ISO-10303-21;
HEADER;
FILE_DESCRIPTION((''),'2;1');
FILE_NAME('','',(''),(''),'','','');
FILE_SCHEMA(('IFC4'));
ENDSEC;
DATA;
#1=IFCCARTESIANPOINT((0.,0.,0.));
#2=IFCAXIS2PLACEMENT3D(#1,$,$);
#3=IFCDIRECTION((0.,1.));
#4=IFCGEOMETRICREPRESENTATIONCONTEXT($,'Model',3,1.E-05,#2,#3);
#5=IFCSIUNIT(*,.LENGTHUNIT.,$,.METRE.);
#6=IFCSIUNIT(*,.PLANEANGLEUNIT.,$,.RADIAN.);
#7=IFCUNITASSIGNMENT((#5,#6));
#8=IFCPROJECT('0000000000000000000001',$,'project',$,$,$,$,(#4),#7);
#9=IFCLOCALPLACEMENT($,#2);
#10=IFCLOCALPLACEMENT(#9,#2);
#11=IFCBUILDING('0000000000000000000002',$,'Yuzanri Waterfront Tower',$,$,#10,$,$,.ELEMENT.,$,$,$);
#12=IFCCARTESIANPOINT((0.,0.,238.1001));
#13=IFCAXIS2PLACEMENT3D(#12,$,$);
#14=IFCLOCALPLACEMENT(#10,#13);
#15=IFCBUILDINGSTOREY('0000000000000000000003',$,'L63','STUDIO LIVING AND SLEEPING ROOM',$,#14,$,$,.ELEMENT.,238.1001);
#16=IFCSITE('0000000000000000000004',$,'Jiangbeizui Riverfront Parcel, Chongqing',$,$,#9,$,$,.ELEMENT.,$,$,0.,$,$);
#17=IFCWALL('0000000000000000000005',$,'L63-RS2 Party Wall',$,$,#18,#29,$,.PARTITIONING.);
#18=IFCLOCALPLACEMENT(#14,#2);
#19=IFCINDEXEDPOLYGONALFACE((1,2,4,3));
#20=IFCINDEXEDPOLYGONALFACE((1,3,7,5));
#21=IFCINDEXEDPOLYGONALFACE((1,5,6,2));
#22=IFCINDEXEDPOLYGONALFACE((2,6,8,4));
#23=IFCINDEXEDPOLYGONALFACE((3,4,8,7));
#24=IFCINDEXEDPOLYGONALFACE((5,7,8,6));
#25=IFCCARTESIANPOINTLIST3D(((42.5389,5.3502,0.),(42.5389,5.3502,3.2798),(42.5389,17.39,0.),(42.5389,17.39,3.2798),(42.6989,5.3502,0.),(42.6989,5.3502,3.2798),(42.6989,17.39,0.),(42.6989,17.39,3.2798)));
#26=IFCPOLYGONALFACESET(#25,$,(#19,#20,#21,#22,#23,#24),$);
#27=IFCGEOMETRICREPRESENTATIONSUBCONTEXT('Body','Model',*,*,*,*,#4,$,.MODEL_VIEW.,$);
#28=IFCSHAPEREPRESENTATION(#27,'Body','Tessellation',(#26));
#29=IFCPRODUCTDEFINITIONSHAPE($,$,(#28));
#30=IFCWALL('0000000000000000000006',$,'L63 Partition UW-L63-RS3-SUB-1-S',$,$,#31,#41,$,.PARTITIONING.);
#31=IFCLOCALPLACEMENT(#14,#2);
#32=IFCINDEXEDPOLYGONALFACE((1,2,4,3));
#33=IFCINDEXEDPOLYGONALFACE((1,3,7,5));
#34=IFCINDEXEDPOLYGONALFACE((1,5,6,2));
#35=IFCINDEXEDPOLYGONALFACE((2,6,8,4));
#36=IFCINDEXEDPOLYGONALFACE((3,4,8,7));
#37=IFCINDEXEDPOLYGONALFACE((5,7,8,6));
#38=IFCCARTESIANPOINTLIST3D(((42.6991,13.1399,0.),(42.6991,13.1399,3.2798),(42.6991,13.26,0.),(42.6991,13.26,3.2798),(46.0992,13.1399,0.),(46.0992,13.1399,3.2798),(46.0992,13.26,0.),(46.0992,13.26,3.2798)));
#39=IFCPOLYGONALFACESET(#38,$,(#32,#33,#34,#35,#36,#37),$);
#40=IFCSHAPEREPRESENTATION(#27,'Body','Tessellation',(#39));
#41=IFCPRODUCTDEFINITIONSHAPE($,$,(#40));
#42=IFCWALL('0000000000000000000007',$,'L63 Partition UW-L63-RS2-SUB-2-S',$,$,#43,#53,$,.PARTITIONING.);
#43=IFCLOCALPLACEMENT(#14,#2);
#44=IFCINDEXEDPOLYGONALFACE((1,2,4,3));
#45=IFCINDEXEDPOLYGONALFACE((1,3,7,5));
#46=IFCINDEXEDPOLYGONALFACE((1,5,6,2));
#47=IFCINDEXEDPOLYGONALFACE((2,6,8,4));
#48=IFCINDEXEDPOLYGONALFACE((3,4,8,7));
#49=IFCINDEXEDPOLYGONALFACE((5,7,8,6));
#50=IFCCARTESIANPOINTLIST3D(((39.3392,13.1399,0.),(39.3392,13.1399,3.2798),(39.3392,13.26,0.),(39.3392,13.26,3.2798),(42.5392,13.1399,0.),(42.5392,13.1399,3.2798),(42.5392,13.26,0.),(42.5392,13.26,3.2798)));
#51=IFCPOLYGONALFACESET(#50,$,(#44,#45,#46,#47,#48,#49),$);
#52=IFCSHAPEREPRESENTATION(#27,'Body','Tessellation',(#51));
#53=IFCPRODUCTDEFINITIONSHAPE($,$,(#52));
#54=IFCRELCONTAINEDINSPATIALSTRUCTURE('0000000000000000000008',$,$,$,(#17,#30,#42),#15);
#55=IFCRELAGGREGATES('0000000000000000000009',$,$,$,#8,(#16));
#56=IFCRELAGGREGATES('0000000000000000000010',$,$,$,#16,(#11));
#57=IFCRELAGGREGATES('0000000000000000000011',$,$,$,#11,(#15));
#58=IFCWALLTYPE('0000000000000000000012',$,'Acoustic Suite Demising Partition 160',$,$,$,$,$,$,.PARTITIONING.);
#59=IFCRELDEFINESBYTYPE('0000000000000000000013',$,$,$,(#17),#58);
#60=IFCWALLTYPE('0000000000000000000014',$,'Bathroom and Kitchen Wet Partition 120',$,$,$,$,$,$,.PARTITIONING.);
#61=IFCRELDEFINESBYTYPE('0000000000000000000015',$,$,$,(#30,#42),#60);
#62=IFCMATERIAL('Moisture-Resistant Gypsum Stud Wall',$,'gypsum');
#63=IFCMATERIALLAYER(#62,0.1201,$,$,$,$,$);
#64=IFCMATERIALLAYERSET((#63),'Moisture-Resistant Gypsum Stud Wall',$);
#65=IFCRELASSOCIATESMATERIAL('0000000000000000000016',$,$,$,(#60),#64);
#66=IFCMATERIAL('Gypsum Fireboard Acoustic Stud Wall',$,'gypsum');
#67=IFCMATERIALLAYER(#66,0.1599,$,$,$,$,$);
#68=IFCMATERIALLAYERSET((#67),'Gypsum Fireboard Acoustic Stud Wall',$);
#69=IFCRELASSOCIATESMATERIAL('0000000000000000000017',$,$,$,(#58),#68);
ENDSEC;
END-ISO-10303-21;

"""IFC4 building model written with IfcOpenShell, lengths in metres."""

from ifc_helpers import new_model, si_unit, direction, frame, frame_2d, origin, place, context, subcontext, project, spatial, rectangle, extrude, source, transform, mapped, material, layer, layer_set, type_object, element, save


model = new_model("IFC4")

# Units and contexts
model_context = context("Model", 3, precision=1e-05, world=origin(), true_north=direction((0.0, 1.0)))
body_context = subcontext(model_context, "Body", "Model", "MODEL_VIEW")
ifc_project = project(units=[si_unit("LENGTHUNIT", "METRE"), si_unit("PLANEANGLEUNIT", "RADIAN")], contexts=[model_context])

# Site, building, storey
site_placement = place(None, origin())
site = spatial("IfcSite", under=ifc_project, at=site_placement, Name="Jiangbeizui Riverfront Parcel, Chongqing", CompositionType="ELEMENT", RefElevation=0.0)
building_placement = place(site_placement, origin())
building = spatial("IfcBuilding", under=site, at=building_placement, Name="Yuzanri Waterfront Tower", CompositionType="ELEMENT")
storey_placement = place(building_placement, frame((0.0, 0.0, 238.1001)))
storey = spatial("IfcBuildingStorey", under=building, at=storey_placement, Name="L63", Description="STUDIO LIVING AND SLEEPING ROOM", CompositionType="ELEMENT", Elevation=238.1001)

# Shared definitions
ifc_material_1 = material(Name="Moisture-Resistant Gypsum Stud Wall", Category="gypsum")
ifc_layer_1 = layer(ifc_material_1, 0.1201)
ifc_layer_set_1 = layer_set([ifc_layer_1], Name="Moisture-Resistant Gypsum Stud Wall")
wall_type_1 = type_object("IfcWallType", Name="Bathroom and Kitchen Wet Partition 120", PredefinedType="PARTITIONING", material=ifc_layer_set_1)

# Walls
ifc_material_2 = material(Name="Gypsum Fireboard Acoustic Stud Wall", Category="gypsum")
ifc_layer_2 = layer(ifc_material_2, 0.1599)
ifc_layer_set_2 = layer_set([ifc_layer_2], Name="Gypsum Fireboard Acoustic Stud Wall")
wall_type_2 = type_object("IfcWallType", Name="Acoustic Suite Demising Partition 160", PredefinedType="PARTITIONING", material=ifc_layer_set_2)
shared_shape_1 = source(origin(), body_context, "Body", "SweptSolid", [
    extrude(rectangle(XDim=12.0398, YDim=0.1599, at=frame_2d((6.02, 0.0))), origin(), (0.0, 0.0, 1.0), 3.2798),
])
wall_1_placement = place(storey_placement, frame((42.6189, 5.3501, 0.0), z_axis=(0.0, 0.0, 1.0), x_axis=(0.0, 1.0, 0.0)))
element("IfcWall", 1, at=wall_1_placement, inside=storey, type_object=wall_type_2, Name="L63-RS2 Party Wall", PredefinedType="PARTITIONING", context=body_context, shape_type="MappedRepresentation", body=[
    mapped(shared_shape_1, transform((0.0, 0.0, 0.0), scale=1.0)),
])
shared_shape_2 = source(origin(), body_context, "Body", "SweptSolid", [
    extrude(rectangle(XDim=3.4001, YDim=0.1201, at=frame_2d((1.7002, 0.0))), origin(), (0.0, 0.0, 1.0), 3.2798),
])
wall_2_placement = place(storey_placement, frame((42.699, 13.2, 0.0), z_axis=(0.0, 0.0, 1.0), x_axis=(1.0, 0.0, 0.0)))
element("IfcWall", 2, at=wall_2_placement, inside=storey, type_object=wall_type_1, Name="L63 Partition UW-L63-RS3-SUB-1-S", PredefinedType="PARTITIONING", context=body_context, shape_type="MappedRepresentation", body=[
    mapped(shared_shape_2, transform((0.0, 0.0, 0.0), scale=1.0)),
])
shared_shape_3 = source(origin(), body_context, "Body", "SweptSolid", [
    extrude(rectangle(XDim=3.2, YDim=0.1201, at=frame_2d((1.6001, 0.0))), origin(), (0.0, 0.0, 1.0), 3.2798),
])
wall_3_placement = place(storey_placement, frame((39.3391, 13.2, 0.0), z_axis=(0.0, 0.0, 1.0), x_axis=(1.0, 0.0, 0.0)))
element("IfcWall", 3, at=wall_3_placement, inside=storey, type_object=wall_type_1, Name="L63 Partition UW-L63-RS2-SUB-2-S", PredefinedType="PARTITIONING", context=body_context, shape_type="MappedRepresentation", body=[
    mapped(shared_shape_3, transform((0.0, 0.0, 0.0), scale=1.0)),
])

save(model, "model.ifc")
